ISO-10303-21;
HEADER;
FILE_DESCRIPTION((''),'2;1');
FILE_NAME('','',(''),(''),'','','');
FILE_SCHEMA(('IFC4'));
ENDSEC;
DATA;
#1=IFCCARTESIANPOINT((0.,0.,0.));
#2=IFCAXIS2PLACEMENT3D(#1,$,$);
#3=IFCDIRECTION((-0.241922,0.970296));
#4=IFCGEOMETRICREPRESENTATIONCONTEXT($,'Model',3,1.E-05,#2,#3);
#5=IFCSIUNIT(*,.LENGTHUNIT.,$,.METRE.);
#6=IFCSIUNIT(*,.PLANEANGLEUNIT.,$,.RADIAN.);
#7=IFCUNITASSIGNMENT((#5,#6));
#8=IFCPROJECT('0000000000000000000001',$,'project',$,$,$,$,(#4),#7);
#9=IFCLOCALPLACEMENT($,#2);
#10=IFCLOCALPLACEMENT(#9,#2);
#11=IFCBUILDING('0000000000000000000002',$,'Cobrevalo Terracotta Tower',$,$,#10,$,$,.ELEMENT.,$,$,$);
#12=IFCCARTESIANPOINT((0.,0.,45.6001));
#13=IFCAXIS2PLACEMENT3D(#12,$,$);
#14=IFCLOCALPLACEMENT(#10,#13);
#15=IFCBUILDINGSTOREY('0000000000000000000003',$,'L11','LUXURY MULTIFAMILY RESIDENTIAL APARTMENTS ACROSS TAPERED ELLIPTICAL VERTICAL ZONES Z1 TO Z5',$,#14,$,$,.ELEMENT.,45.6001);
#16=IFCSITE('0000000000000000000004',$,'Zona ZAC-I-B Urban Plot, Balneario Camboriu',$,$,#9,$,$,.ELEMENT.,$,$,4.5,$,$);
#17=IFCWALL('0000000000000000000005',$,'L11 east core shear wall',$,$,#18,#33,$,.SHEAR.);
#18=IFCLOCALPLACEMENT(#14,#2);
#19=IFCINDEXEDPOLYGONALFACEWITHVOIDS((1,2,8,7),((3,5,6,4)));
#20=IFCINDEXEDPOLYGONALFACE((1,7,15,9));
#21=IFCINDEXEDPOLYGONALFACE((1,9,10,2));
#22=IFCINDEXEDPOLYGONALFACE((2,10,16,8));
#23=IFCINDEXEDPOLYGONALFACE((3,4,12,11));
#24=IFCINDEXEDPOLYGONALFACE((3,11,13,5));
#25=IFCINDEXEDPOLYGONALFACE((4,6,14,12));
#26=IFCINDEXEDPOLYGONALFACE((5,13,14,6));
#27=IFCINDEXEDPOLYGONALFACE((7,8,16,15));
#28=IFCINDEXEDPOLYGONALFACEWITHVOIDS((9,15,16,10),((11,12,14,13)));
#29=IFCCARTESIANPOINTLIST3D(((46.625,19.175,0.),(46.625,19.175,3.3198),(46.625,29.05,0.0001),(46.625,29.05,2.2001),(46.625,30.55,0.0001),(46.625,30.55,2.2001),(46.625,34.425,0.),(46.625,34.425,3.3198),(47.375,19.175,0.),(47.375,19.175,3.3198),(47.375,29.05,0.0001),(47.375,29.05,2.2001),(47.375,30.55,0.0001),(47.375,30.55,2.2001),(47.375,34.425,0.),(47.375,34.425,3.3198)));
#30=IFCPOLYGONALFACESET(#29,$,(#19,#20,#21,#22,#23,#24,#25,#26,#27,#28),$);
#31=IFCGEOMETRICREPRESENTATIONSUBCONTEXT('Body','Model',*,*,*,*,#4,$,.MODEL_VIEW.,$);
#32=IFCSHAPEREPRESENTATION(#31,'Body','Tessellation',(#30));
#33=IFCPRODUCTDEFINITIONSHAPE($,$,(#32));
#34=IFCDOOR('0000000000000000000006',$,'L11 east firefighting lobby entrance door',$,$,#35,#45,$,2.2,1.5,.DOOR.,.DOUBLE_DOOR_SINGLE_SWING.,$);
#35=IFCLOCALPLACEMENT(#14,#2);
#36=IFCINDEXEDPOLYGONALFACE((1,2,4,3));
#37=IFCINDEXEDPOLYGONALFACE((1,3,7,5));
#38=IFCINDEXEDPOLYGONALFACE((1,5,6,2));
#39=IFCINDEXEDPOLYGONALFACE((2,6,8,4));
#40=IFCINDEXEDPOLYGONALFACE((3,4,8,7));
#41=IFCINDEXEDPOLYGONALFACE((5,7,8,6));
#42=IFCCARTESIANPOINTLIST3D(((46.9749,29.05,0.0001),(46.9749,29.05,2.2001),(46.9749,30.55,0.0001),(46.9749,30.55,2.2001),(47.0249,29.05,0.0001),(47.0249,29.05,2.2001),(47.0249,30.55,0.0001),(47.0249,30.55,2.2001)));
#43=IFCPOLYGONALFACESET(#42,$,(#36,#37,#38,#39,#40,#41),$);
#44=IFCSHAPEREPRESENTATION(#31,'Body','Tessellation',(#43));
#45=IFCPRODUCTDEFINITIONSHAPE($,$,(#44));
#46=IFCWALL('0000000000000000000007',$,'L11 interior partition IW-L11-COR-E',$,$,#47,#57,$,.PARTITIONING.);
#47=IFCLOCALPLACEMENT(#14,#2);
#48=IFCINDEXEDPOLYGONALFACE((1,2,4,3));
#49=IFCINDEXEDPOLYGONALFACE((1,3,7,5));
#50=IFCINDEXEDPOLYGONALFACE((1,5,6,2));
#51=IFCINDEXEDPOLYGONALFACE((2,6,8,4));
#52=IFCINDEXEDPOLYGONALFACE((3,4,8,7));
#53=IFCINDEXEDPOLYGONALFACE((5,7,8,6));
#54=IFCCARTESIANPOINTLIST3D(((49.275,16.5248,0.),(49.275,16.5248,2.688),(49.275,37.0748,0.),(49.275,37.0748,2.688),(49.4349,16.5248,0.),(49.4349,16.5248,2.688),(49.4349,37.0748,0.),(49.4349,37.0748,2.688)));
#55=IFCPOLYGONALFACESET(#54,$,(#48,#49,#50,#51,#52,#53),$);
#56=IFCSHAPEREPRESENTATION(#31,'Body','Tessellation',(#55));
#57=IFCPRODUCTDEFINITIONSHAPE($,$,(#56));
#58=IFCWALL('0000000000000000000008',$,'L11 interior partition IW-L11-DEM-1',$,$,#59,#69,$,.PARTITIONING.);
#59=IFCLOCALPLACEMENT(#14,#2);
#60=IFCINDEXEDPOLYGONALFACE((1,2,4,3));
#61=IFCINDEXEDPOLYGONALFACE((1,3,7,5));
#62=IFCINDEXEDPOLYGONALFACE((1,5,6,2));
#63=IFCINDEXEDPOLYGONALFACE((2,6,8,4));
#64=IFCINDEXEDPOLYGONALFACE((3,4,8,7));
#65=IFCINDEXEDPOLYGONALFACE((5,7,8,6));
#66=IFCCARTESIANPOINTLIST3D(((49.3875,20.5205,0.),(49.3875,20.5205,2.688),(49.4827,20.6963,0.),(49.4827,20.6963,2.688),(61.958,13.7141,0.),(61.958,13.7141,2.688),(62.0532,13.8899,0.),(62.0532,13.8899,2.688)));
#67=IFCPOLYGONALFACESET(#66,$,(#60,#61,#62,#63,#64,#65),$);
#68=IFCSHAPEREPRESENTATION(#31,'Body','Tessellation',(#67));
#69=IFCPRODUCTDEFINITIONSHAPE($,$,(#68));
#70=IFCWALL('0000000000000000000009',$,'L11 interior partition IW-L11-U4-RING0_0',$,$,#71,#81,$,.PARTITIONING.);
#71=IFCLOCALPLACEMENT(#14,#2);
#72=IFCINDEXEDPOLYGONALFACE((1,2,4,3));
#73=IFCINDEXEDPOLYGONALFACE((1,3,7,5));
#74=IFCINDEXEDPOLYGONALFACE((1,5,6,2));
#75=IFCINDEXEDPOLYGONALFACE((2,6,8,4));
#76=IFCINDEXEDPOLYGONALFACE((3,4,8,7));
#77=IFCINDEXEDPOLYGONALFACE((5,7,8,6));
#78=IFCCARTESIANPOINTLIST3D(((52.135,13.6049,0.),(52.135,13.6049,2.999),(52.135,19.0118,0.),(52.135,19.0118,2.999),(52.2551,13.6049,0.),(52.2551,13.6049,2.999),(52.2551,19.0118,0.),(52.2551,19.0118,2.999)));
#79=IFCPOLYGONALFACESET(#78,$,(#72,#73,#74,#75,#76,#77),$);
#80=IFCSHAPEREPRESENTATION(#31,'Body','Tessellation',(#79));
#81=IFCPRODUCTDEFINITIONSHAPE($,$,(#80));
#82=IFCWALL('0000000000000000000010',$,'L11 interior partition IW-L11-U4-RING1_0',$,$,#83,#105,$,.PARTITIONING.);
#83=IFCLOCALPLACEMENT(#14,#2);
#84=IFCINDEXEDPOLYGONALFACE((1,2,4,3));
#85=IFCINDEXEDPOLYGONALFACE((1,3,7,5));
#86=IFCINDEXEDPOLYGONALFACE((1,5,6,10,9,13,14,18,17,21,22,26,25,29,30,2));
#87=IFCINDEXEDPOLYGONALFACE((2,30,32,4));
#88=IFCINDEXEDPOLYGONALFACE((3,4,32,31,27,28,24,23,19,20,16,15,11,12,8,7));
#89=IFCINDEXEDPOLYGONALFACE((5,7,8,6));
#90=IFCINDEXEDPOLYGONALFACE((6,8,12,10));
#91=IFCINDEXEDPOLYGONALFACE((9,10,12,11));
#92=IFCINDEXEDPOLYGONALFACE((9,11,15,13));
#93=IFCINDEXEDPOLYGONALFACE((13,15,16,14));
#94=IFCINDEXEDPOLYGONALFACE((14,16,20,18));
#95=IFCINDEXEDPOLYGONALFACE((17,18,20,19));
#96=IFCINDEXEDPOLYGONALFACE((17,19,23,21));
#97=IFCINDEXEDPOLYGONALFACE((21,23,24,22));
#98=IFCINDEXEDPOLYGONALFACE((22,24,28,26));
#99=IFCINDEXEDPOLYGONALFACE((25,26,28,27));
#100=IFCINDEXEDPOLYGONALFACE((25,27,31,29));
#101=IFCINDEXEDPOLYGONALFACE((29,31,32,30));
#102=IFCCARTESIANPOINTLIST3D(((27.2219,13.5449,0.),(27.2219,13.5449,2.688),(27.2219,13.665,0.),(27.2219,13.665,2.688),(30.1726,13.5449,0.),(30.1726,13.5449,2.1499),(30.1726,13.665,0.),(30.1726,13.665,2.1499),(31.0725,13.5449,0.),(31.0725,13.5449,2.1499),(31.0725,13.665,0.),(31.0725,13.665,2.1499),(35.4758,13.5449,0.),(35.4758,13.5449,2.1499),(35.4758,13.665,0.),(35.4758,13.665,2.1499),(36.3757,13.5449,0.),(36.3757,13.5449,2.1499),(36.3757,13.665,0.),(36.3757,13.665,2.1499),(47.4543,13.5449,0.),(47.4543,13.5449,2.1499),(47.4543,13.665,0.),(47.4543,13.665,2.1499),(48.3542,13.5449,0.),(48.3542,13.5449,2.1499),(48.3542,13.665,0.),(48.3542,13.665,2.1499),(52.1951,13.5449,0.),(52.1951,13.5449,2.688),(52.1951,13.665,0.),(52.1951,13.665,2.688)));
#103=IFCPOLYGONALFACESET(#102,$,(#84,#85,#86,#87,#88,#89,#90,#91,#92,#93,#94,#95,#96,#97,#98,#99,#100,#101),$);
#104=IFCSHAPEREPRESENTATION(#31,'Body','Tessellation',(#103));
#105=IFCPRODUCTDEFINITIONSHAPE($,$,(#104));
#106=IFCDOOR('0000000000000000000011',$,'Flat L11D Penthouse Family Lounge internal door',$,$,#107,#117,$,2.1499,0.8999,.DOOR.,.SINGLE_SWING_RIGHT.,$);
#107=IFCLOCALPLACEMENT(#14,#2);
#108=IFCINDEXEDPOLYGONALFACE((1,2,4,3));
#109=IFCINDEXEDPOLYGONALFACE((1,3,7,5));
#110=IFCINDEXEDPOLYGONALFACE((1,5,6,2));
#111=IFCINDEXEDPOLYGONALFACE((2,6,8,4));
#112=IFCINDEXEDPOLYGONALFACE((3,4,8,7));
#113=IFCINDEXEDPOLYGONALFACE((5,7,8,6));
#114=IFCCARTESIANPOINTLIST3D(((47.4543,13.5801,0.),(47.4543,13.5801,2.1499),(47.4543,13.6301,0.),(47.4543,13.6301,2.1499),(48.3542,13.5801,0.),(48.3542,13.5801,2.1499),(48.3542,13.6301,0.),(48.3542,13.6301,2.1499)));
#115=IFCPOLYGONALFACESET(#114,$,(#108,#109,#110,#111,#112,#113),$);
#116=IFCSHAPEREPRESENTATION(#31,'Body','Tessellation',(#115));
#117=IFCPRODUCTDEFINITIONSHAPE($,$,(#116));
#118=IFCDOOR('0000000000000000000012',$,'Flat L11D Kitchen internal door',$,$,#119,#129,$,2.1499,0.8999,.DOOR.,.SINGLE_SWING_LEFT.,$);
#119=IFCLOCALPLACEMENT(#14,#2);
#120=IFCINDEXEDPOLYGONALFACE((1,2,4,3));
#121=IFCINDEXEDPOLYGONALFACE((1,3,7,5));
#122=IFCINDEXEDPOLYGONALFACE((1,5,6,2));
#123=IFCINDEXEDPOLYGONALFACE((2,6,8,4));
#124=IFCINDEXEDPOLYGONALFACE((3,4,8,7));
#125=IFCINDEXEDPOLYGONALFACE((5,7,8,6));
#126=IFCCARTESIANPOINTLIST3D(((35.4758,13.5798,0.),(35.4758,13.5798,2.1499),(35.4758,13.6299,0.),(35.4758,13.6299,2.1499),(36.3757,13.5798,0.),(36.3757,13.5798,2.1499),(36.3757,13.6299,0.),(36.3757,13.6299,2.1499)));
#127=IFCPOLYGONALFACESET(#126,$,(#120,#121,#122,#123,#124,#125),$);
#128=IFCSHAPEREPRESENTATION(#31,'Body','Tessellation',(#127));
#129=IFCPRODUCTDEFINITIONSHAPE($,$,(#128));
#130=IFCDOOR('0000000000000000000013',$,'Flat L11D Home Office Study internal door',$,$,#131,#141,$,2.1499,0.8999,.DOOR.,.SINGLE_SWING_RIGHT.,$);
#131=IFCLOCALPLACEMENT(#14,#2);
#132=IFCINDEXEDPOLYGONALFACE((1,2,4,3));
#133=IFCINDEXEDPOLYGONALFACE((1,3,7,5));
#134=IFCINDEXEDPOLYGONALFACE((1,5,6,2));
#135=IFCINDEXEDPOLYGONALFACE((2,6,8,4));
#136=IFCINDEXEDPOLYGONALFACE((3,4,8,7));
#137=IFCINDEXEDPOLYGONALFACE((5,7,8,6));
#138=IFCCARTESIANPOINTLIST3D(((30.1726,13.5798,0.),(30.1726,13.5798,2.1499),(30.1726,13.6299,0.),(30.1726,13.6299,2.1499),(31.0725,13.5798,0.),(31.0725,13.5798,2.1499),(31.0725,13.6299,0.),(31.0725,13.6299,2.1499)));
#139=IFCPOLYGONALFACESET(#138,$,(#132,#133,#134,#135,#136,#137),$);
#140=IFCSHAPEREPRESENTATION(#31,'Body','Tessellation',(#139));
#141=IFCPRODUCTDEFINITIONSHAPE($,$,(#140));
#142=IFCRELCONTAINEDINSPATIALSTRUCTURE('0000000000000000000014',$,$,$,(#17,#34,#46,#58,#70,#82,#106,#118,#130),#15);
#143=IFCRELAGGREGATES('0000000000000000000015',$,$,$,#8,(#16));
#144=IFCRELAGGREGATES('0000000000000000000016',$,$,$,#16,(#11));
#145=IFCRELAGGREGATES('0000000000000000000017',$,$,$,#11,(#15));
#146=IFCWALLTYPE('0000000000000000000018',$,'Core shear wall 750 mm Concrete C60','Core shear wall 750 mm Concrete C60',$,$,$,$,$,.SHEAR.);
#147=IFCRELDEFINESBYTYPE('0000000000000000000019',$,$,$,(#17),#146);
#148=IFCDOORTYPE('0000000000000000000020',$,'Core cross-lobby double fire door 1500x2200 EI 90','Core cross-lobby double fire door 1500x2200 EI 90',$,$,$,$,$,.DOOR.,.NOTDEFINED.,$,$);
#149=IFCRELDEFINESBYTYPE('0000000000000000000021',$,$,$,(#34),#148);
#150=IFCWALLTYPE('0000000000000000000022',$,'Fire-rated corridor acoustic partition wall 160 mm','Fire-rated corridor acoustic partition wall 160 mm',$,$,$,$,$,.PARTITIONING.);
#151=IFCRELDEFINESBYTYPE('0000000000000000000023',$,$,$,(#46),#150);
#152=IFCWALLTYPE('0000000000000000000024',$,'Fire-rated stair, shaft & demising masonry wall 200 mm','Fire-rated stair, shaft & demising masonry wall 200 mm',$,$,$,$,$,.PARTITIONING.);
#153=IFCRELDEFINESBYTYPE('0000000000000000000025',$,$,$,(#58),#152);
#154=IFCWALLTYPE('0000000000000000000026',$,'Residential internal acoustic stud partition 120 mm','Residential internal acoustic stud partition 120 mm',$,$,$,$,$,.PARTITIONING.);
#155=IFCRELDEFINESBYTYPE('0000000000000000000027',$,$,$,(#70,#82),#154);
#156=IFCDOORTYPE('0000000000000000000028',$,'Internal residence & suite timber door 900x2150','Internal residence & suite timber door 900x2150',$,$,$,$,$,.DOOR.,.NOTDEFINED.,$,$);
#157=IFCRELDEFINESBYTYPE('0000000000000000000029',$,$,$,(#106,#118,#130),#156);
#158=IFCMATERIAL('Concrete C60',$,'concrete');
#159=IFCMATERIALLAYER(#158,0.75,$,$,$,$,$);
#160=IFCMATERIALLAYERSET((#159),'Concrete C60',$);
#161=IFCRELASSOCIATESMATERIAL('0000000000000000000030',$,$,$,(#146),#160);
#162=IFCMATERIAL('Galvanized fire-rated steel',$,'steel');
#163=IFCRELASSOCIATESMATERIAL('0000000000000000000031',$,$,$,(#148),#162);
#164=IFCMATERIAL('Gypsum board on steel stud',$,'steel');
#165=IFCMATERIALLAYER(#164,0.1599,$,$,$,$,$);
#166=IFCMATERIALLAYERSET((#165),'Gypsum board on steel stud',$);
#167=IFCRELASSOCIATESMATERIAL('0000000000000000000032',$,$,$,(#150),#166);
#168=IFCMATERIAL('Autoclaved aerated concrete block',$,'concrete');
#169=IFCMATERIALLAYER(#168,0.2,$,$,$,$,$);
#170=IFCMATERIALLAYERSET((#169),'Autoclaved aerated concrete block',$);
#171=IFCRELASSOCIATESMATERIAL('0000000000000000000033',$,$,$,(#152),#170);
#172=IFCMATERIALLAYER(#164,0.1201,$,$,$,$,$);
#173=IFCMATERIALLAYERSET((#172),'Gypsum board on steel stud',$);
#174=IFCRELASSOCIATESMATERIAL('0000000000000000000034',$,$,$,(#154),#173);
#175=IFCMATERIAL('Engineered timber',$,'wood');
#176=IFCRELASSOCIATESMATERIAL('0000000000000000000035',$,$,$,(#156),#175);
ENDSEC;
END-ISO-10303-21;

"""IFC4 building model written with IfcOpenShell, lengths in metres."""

from ifc_helpers import new_model, si_unit, direction, frame, frame_2d, origin, place, context, subcontext, project, spatial, rectangle, extrude, source, transform, mapped, material, layer, layer_set, type_object, element, fill, save


model = new_model("IFC4")

# Units and contexts
model_context = context("Model", 3, precision=1e-05, world=origin(), true_north=direction((-0.241922, 0.970296)))
body_context = subcontext(model_context, "Body", "Model", "MODEL_VIEW")
ifc_project = project(units=[si_unit("LENGTHUNIT", "METRE"), si_unit("PLANEANGLEUNIT", "RADIAN")], contexts=[model_context])

# Site, building, storey
site_placement = place(None, origin())
site = spatial("IfcSite", under=ifc_project, at=site_placement, Name="Zona ZAC-I-B Urban Plot, Balneario Camboriu", CompositionType="ELEMENT", RefElevation=4.5)
building_placement = place(site_placement, origin())
building = spatial("IfcBuilding", under=site, at=building_placement, Name="Cobrevalo Terracotta Tower", CompositionType="ELEMENT")
storey_placement = place(building_placement, frame((0.0, 0.0, 45.6001)))
storey = spatial("IfcBuildingStorey", under=building, at=storey_placement, Name="L11", Description="LUXURY MULTIFAMILY RESIDENTIAL APARTMENTS ACROSS TAPERED ELLIPTICAL VERTICAL ZONES Z1 TO Z5", CompositionType="ELEMENT", Elevation=45.6001)

# Wall, opening, door
ifc_material_1 = material(Name="Concrete C60", Category="concrete")
ifc_layer_1 = layer(ifc_material_1, 0.75)
ifc_layer_set_1 = layer_set([ifc_layer_1], Name="Concrete C60")
wall_type_1 = type_object("IfcWallType", Name="Core shear wall 750 mm Concrete C60", Description="Core shear wall 750 mm Concrete C60", PredefinedType="SHEAR", material=ifc_layer_set_1)
wall_1_placement = place(storey_placement, frame((47.0, 19.175, 0.0), z_axis=(0.0, 0.0, 1.0), x_axis=(0.0, 1.0, 0.0)))
wall_1 = element("IfcWall", 1, at=wall_1_placement, inside=storey, type_object=wall_type_1, Name="L11 east core shear wall", PredefinedType="SHEAR", context=body_context, shape_type="SweptSolid", body=[
    extrude(rectangle(XDim=15.25, YDim=0.75, at=frame_2d((7.625, 0.0))), origin(), (0.0, 0.0, 1.0), 3.3198),
])
opening_1_placement = place(wall_1_placement, frame((9.875, 0.0, 0.0)))
opening_1 = element("IfcOpeningElement", 2, at=opening_1_placement, cuts=wall_1, PredefinedType="OPENING", context=body_context, shape_type="SweptSolid", body=[
    extrude(rectangle(XDim=1.5, YDim=2.2, at=frame_2d((0.75, 1.1001))), frame((0.0, 0.385, 0.0), z_axis=(0.0, -1.0, 0.0), x_axis=(1.0, 0.0, 0.0)), (0.0, 0.0, 1.0), 0.77),
])
ifc_material_2 = material(Name="Galvanized fire-rated steel", Category="steel")
door_type_1 = type_object("IfcDoorType", Name="Core cross-lobby double fire door 1500x2200 EI 90", Description="Core cross-lobby double fire door 1500x2200 EI 90", OperationType="NOTDEFINED", PredefinedType="DOOR", material=ifc_material_2)
shared_shape_1 = source(origin(), body_context, "Body", "SweptSolid", [
    extrude(rectangle(XDim=1.5, YDim=2.2, at=frame_2d((0.75, 1.1001))), frame((0.0, 0.0249, 0.0), z_axis=(0.0, -1.0, 0.0), x_axis=(1.0, 0.0, 0.0)), (0.0, 0.0, 1.0), 0.05),
])
door_1_placement = place(opening_1_placement, frame((1.5, 0.0, 0.0), z_axis=(0.0, 0.0, 1.0), x_axis=(-1.0, 0.0, 0.0)))
door_1 = element("IfcDoor", 3, at=door_1_placement, inside=storey, type_object=door_type_1, Name="L11 east firefighting lobby entrance door", OperationType="DOUBLE_DOOR_SINGLE_SWING", OverallHeight=2.2, OverallWidth=1.5, PredefinedType="DOOR", context=body_context, shape_type="MappedRepresentation", body=[
    mapped(shared_shape_1, transform((0.0, 0.0, 0.0), scale=1.0)),
])
fill(opening_1, door_1)

# Walls
ifc_material_3 = material(Name="Gypsum board on steel stud", Category="steel")
ifc_layer_2 = layer(ifc_material_3, 0.1599)
ifc_layer_set_2 = layer_set([ifc_layer_2], Name="Gypsum board on steel stud")
wall_type_2 = type_object("IfcWallType", Name="Fire-rated corridor acoustic partition wall 160 mm", Description="Fire-rated corridor acoustic partition wall 160 mm", PredefinedType="PARTITIONING", material=ifc_layer_set_2)
wall_2_placement = place(storey_placement, frame((49.355, 16.5249, 0.0), z_axis=(0.0, 0.0, 1.0), x_axis=(0.0, 1.0, 0.0)))
element("IfcWall", 4, at=wall_2_placement, inside=storey, type_object=wall_type_2, Name="L11 interior partition IW-L11-COR-E", PredefinedType="PARTITIONING", context=body_context, shape_type="SweptSolid", body=[
    extrude(rectangle(XDim=20.55, YDim=0.1599, at=frame_2d((10.2749, 0.0))), origin(), (0.0, 0.0, 1.0), 2.688),
])
ifc_material_4 = material(Name="Autoclaved aerated concrete block", Category="concrete")
ifc_layer_3 = layer(ifc_material_4, 0.2)
ifc_layer_set_3 = layer_set([ifc_layer_3], Name="Autoclaved aerated concrete block")
wall_type_3 = type_object("IfcWallType", Name="Fire-rated stair, shaft & demising masonry wall 200 mm", Description="Fire-rated stair, shaft & demising masonry wall 200 mm", PredefinedType="PARTITIONING", material=ifc_layer_set_3)
wall_3_placement = place(storey_placement, frame((49.4351, 20.6084, 0.0), z_axis=(0.0, 0.0, 1.0), x_axis=(0.87937, -0.47614, 0.0)))
element("IfcWall", 5, at=wall_3_placement, inside=storey, type_object=wall_type_3, Name="L11 interior partition IW-L11-DEM-1", PredefinedType="PARTITIONING", context=body_context, shape_type="SweptSolid", body=[
    extrude(rectangle(XDim=14.2949, YDim=0.2, at=frame_2d((7.1475, 0.0))), origin(), (0.0, 0.0, 1.0), 2.688),
])
ifc_layer_4 = layer(ifc_material_3, 0.1201)
ifc_layer_set_4 = layer_set([ifc_layer_4], Name="Gypsum board on steel stud")
wall_type_4 = type_object("IfcWallType", Name="Residential internal acoustic stud partition 120 mm", Description="Residential internal acoustic stud partition 120 mm", PredefinedType="PARTITIONING", material=ifc_layer_set_4)
wall_4_placement = place(storey_placement, frame((52.1951, 19.012, 0.0), z_axis=(0.0, 0.0, 1.0), x_axis=(0.0, -1.0, 0.0)))
element("IfcWall", 6, at=wall_4_placement, inside=storey, type_object=wall_type_4, Name="L11 interior partition IW-L11-U4-RING0_0", PredefinedType="PARTITIONING", context=body_context, shape_type="SweptSolid", body=[
    extrude(rectangle(XDim=5.407, YDim=0.1201, at=frame_2d((2.7036, 0.0))), origin(), (0.0, 0.0, 1.0), 2.999),
])

# Wall, openings, doors
wall_5_placement = place(storey_placement, frame((52.1951, 13.605, 0.0), z_axis=(0.0, 0.0, 1.0), x_axis=(-1.0, 0.0, 0.0)))
wall_5 = element("IfcWall", 7, at=wall_5_placement, inside=storey, type_object=wall_type_4, Name="L11 interior partition IW-L11-U4-RING1_0", PredefinedType="PARTITIONING", context=body_context, shape_type="SweptSolid", body=[
    extrude(rectangle(XDim=24.9731, YDim=0.1201, at=frame_2d((12.4866, 0.0))), origin(), (0.0, 0.0, 1.0), 2.688),
])
opening_2_placement = place(wall_5_placement, frame((3.8408, 0.0, 0.0)))
opening_2 = element("IfcOpeningElement", 8, at=opening_2_placement, cuts=wall_5, PredefinedType="OPENING", context=body_context, shape_type="SweptSolid", body=[
    extrude(rectangle(XDim=0.8999, YDim=2.1499, at=frame_2d((0.45, 1.075))), frame((0.0, 0.0701, 0.0), z_axis=(0.0, -1.0, 0.0), x_axis=(1.0, 0.0, 0.0)), (0.0, 0.0, 1.0), 0.1401),
])
opening_3_placement = place(wall_5_placement, frame((15.8193, 0.0, 0.0)))
opening_3 = element("IfcOpeningElement", 9, at=opening_3_placement, cuts=wall_5, PredefinedType="OPENING", context=body_context, shape_type="SweptSolid", body=[
    extrude(rectangle(XDim=0.8999, YDim=2.1499, at=frame_2d((0.45, 1.075))), frame((0.0, 0.0701, 0.0), z_axis=(0.0, -1.0, 0.0), x_axis=(1.0, 0.0, 0.0)), (0.0, 0.0, 1.0), 0.1401),
])
opening_4_placement = place(wall_5_placement, frame((21.1226, 0.0, 0.0)))
opening_4 = element("IfcOpeningElement", 10, at=opening_4_placement, cuts=wall_5, PredefinedType="OPENING", context=body_context, shape_type="SweptSolid", body=[
    extrude(rectangle(XDim=0.8999, YDim=2.1499, at=frame_2d((0.45, 1.075))), frame((0.0, 0.0701, 0.0), z_axis=(0.0, -1.0, 0.0), x_axis=(1.0, 0.0, 0.0)), (0.0, 0.0, 1.0), 0.1401),
])
ifc_material_5 = material(Name="Engineered timber", Category="wood")
door_type_2 = type_object("IfcDoorType", Name="Internal residence & suite timber door 900x2150", Description="Internal residence & suite timber door 900x2150", OperationType="NOTDEFINED", PredefinedType="DOOR", material=ifc_material_5)
shared_shape_2 = source(origin(), body_context, "Body", "SweptSolid", [
    extrude(rectangle(XDim=0.8999, YDim=2.1499, at=frame_2d((0.45, 1.075))), frame((0.0, 0.0249, 0.0), z_axis=(0.0, -1.0, 0.0), x_axis=(1.0, 0.0, 0.0)), (0.0, 0.0, 1.0), 0.05),
])
door_2_placement = place(opening_2_placement, origin())
door_2 = element("IfcDoor", 11, at=door_2_placement, inside=storey, type_object=door_type_2, Name="Flat L11D Penthouse Family Lounge internal door", OperationType="SINGLE_SWING_RIGHT", OverallHeight=2.1499, OverallWidth=0.8999, PredefinedType="DOOR", context=body_context, shape_type="MappedRepresentation", body=[
    mapped(shared_shape_2, transform((0.0, 0.0, 0.0), scale=1.0)),
])
fill(opening_2, door_2)
door_3_placement = place(opening_3_placement, frame((0.8999, 0.0, 0.0), z_axis=(0.0, 0.0, 1.0), x_axis=(-1.0, 0.0, 0.0)))
door_3 = element("IfcDoor", 12, at=door_3_placement, inside=storey, type_object=door_type_2, Name="Flat L11D Kitchen internal door", OperationType="SINGLE_SWING_LEFT", OverallHeight=2.1499, OverallWidth=0.8999, PredefinedType="DOOR", context=body_context, shape_type="MappedRepresentation", body=[
    mapped(shared_shape_2, transform((0.0, 0.0, 0.0), scale=1.0)),
])
fill(opening_3, door_3)
door_4_placement = place(opening_4_placement, frame((0.8999, 0.0, 0.0), z_axis=(0.0, 0.0, 1.0), x_axis=(-1.0, 0.0, 0.0)))
door_4 = element("IfcDoor", 13, at=door_4_placement, inside=storey, type_object=door_type_2, Name="Flat L11D Home Office Study internal door", OperationType="SINGLE_SWING_RIGHT", OverallHeight=2.1499, OverallWidth=0.8999, PredefinedType="DOOR", context=body_context, shape_type="MappedRepresentation", body=[
    mapped(shared_shape_2, transform((0.0, 0.0, 0.0), scale=1.0)),
])
fill(opening_4, door_4)

save(model, "model.ifc")
